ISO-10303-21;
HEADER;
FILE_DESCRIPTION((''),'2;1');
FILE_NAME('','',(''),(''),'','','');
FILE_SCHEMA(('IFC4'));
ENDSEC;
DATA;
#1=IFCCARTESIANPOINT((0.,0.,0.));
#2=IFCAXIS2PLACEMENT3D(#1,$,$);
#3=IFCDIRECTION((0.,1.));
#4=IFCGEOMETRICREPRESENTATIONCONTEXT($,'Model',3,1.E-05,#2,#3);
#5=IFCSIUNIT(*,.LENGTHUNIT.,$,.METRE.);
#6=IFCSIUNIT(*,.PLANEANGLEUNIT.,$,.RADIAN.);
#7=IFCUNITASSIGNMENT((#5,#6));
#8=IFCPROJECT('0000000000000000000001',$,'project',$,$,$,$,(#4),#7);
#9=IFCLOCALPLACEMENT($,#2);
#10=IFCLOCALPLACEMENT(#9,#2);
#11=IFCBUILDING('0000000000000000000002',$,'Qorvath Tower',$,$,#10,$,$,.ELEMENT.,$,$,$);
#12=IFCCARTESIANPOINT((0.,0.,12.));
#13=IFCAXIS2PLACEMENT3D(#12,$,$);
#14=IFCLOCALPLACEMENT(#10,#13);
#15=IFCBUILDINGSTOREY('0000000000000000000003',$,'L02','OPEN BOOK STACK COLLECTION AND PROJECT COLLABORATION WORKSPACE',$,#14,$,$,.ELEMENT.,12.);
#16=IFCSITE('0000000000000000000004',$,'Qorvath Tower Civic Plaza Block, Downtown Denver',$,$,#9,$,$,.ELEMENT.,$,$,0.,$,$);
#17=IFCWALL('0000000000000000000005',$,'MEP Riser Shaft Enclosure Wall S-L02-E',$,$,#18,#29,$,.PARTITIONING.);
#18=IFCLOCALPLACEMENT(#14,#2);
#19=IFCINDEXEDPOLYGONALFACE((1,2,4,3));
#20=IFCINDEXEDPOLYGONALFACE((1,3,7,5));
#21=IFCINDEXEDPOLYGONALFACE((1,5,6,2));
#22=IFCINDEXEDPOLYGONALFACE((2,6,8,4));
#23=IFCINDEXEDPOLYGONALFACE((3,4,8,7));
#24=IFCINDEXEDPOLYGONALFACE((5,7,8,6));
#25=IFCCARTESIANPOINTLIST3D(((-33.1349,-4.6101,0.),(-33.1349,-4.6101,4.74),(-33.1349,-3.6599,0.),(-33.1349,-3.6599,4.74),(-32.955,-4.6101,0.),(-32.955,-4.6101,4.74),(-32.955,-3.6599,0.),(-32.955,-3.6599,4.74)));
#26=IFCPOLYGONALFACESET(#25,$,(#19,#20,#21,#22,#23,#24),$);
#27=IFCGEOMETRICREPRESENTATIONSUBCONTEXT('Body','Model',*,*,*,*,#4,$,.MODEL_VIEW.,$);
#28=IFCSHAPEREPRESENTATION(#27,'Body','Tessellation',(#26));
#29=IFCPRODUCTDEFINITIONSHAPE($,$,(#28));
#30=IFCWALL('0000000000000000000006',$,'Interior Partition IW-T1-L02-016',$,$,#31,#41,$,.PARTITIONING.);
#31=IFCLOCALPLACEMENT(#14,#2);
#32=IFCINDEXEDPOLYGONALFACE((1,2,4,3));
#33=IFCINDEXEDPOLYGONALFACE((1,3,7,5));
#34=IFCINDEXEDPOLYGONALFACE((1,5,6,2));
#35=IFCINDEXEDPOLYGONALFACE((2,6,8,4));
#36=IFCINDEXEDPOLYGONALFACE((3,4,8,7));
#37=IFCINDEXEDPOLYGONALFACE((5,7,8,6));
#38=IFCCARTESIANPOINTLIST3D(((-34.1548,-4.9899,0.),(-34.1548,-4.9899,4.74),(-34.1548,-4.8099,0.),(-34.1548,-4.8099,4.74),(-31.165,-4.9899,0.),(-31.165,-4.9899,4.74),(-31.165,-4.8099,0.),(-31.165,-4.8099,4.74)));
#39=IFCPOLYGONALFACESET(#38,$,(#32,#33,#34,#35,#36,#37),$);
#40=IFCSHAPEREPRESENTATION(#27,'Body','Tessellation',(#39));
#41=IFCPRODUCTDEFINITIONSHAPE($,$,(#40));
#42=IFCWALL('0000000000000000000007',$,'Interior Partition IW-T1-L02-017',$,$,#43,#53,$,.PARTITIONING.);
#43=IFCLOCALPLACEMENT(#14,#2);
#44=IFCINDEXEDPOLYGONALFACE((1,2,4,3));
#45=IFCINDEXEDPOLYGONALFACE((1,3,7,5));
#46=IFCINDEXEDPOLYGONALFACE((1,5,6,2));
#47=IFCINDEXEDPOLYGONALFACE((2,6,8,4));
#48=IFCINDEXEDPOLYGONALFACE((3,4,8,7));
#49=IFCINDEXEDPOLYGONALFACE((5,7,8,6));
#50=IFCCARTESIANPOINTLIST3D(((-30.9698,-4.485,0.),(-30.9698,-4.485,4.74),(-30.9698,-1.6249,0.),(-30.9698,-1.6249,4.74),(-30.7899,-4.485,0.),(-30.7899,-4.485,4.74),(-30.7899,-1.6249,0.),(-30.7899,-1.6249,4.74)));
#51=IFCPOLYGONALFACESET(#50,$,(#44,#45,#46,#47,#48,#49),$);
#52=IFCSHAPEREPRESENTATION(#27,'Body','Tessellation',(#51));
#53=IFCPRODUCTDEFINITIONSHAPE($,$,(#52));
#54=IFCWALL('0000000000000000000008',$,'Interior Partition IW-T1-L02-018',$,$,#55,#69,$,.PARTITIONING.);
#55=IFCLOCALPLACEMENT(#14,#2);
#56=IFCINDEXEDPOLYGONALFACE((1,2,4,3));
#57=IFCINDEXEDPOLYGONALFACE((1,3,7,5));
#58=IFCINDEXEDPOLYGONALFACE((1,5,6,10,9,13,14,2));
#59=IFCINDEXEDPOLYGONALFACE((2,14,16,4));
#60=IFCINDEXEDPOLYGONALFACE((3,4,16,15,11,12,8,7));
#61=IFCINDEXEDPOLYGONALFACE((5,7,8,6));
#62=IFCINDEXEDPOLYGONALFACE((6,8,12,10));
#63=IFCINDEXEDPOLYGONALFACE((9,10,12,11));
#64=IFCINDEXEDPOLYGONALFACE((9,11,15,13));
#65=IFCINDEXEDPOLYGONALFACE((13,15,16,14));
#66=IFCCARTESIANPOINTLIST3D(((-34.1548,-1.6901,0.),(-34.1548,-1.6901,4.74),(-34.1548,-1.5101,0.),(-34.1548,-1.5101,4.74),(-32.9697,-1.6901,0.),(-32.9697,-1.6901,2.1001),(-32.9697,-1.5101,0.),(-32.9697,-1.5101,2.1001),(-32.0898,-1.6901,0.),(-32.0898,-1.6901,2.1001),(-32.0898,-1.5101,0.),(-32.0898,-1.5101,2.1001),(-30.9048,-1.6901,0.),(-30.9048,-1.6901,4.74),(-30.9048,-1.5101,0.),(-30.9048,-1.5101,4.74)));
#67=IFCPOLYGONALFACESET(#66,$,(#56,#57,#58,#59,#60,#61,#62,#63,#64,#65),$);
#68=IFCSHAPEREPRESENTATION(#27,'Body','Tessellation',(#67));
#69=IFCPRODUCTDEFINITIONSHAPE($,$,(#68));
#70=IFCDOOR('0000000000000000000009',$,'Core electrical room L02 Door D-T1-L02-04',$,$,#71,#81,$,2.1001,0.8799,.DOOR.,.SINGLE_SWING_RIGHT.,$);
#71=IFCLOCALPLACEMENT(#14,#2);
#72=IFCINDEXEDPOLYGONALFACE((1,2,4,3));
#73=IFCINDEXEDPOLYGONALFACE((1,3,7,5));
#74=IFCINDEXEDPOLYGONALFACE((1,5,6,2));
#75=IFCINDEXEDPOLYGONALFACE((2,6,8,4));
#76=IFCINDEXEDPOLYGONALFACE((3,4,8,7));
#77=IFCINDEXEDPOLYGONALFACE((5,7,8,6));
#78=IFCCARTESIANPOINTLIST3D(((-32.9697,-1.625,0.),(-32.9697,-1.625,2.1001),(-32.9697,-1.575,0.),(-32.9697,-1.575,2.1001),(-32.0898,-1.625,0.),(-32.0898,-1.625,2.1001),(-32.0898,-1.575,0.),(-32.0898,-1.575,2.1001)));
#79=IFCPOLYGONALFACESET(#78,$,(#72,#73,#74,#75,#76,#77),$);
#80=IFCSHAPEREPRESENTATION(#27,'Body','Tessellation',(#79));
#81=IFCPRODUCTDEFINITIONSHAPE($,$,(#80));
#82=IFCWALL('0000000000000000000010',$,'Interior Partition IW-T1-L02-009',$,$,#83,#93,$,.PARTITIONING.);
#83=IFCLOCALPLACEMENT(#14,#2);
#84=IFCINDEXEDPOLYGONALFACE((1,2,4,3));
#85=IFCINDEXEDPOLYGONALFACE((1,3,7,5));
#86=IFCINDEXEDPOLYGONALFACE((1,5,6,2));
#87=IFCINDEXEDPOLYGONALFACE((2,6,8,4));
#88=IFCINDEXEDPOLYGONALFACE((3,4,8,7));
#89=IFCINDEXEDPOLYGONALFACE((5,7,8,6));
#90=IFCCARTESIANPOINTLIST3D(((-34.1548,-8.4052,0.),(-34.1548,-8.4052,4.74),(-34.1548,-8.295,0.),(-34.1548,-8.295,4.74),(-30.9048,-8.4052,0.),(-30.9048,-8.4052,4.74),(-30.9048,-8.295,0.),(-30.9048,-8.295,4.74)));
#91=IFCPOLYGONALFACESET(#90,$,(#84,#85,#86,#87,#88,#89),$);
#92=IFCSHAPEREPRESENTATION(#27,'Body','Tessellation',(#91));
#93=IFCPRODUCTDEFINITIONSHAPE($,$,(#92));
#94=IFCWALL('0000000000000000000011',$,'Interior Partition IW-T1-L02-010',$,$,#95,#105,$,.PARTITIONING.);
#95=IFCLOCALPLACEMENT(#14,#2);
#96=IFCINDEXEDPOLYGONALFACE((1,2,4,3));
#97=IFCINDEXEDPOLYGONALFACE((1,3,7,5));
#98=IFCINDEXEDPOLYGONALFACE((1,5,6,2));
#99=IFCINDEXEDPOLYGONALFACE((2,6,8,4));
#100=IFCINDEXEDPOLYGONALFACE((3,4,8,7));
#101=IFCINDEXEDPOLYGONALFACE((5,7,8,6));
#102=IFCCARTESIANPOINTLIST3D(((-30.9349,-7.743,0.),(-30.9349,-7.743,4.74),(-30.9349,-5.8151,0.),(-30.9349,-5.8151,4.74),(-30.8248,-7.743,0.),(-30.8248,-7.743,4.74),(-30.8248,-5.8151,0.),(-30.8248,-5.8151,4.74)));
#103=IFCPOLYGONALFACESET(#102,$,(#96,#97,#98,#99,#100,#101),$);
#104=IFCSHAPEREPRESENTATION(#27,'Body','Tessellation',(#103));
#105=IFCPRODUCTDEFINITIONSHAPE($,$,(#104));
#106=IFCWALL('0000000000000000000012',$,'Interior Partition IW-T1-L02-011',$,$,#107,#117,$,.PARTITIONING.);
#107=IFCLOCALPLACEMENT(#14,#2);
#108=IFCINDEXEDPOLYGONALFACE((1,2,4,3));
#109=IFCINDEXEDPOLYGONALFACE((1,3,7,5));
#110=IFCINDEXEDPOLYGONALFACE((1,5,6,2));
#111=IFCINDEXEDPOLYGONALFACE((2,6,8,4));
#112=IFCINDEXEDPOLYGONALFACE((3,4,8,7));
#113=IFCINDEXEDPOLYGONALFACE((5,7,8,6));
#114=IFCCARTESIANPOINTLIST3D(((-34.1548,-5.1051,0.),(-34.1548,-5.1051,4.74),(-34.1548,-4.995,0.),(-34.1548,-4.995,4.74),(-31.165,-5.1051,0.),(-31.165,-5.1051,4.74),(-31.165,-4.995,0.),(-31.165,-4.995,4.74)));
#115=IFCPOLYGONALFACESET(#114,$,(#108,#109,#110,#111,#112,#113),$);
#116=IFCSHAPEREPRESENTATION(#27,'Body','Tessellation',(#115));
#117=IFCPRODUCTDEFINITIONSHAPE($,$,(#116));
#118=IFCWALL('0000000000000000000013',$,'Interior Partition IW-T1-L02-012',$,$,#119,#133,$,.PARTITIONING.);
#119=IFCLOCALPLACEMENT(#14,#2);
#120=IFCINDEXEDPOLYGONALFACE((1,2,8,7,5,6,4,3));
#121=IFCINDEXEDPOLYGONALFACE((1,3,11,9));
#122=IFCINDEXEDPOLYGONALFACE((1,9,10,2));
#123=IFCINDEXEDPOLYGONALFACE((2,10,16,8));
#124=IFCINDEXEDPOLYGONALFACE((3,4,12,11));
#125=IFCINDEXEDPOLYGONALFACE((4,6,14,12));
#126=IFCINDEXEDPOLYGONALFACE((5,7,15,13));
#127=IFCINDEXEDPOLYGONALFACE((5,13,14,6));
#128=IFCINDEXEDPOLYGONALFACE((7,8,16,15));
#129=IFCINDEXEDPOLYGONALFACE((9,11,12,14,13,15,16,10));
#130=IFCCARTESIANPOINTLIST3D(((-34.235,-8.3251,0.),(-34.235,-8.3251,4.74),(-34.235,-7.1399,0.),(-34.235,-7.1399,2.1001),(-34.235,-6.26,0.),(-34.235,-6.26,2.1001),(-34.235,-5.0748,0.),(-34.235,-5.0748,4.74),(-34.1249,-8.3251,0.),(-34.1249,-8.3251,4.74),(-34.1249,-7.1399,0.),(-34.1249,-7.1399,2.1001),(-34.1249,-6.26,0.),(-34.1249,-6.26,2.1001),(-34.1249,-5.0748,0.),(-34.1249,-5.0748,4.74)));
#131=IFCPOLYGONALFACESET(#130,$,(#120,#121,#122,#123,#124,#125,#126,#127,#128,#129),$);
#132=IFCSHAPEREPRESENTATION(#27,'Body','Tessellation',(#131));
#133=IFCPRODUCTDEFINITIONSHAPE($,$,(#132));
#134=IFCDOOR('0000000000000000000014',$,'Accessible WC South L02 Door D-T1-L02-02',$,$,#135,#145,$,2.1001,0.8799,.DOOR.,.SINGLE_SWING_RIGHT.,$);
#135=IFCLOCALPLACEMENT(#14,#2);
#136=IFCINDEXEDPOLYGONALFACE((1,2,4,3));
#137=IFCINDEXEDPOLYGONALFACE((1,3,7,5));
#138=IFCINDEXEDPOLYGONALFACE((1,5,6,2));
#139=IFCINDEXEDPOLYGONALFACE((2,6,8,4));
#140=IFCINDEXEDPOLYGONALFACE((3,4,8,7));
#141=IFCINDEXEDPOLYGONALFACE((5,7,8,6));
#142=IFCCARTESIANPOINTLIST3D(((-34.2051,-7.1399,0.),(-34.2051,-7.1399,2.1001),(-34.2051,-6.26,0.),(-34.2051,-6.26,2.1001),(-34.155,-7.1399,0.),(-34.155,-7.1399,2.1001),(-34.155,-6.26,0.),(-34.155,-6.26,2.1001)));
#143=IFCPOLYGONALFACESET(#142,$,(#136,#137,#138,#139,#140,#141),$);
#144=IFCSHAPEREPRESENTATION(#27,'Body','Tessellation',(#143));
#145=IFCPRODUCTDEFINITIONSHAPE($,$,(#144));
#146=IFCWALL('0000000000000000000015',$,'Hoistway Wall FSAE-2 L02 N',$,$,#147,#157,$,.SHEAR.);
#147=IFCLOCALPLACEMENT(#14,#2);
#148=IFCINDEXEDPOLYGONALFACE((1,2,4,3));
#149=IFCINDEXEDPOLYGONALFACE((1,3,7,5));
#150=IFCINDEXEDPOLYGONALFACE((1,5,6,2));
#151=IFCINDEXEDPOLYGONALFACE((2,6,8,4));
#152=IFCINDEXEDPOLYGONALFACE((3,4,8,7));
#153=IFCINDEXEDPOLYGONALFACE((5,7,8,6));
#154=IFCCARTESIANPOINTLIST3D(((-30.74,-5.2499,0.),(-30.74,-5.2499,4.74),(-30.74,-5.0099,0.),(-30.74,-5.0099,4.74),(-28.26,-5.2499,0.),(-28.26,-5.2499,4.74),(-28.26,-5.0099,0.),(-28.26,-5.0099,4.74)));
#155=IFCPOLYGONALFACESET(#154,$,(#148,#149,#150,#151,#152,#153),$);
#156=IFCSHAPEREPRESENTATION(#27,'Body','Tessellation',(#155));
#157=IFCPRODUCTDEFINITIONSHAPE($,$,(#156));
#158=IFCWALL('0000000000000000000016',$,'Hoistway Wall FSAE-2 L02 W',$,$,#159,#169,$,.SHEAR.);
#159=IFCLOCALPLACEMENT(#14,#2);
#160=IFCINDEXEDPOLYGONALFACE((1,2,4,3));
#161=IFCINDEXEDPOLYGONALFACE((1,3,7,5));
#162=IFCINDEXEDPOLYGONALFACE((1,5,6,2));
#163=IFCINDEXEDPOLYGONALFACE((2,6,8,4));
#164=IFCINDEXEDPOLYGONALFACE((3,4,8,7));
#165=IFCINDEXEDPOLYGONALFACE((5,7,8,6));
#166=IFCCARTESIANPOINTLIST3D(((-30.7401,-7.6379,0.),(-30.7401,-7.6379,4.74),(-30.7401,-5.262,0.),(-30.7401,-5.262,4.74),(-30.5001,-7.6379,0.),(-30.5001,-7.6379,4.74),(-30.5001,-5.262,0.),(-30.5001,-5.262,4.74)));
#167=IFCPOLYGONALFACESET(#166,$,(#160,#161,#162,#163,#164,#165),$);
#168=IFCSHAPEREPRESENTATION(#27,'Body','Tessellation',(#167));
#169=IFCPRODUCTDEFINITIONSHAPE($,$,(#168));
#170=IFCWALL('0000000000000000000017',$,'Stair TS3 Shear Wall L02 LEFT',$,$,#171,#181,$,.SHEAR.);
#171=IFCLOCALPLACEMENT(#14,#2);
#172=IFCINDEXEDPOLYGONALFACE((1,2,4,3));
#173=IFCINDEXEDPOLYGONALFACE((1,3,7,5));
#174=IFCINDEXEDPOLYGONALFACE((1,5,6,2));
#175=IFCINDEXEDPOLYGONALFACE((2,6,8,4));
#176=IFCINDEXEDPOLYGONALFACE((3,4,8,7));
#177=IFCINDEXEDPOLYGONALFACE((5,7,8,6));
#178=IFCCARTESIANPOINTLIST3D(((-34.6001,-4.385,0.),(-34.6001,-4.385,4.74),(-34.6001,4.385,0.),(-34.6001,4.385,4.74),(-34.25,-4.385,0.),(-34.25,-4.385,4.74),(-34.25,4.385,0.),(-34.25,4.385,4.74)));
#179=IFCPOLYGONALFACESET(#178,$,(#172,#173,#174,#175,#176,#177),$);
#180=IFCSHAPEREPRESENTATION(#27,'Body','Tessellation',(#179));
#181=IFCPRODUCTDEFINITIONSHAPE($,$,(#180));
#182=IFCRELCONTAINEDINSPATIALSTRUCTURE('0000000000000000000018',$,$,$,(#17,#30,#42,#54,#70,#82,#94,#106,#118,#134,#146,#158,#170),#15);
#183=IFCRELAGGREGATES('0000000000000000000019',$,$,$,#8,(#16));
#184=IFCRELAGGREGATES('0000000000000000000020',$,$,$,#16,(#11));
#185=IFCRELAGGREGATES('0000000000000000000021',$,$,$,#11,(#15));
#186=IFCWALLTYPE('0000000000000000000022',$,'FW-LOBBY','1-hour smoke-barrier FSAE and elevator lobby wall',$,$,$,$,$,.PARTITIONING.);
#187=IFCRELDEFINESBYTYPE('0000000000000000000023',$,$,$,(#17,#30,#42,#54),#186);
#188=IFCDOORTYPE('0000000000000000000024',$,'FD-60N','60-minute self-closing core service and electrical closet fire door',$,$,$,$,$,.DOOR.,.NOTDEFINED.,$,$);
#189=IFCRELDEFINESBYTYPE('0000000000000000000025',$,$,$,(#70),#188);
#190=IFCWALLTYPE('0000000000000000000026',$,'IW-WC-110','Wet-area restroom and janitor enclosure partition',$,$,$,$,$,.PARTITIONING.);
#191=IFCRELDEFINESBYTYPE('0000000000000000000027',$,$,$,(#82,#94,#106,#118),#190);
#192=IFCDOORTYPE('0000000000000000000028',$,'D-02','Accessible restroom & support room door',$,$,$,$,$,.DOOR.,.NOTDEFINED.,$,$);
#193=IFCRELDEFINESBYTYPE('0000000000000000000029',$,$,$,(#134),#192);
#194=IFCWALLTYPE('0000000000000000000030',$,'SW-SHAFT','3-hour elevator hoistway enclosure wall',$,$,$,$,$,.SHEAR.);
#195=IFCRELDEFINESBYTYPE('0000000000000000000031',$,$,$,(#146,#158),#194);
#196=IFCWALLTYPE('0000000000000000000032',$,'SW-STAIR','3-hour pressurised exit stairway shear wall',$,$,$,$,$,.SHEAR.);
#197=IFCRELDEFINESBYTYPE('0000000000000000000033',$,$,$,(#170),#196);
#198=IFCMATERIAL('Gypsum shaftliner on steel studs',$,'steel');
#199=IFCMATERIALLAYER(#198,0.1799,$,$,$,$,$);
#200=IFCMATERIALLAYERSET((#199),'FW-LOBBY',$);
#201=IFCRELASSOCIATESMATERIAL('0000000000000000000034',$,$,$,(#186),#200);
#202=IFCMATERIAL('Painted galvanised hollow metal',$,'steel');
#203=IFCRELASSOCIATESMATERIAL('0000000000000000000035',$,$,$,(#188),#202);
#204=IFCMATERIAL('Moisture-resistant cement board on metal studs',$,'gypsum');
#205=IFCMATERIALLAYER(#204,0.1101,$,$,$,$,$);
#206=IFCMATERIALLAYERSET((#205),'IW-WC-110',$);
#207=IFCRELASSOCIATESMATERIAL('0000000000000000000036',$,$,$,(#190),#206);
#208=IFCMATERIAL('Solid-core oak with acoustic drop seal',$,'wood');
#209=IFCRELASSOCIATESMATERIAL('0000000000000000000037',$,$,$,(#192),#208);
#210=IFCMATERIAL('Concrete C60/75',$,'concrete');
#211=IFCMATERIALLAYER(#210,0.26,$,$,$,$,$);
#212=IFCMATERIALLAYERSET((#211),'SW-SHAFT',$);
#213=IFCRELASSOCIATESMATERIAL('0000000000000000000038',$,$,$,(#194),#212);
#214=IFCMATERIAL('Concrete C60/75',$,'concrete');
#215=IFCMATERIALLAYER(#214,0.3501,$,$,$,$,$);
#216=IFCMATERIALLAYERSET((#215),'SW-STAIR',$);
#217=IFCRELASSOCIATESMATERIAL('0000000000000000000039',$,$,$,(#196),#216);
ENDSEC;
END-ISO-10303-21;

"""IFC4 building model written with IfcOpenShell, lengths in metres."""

from ifc_helpers import new_model, si_unit, direction, frame, frame_2d, origin, place, context, subcontext, project, spatial, rectangle, extrude, material, layer, layer_set, type_object, element, fill, save


model = new_model("IFC4")

# Units and contexts
model_context = context("Model", 3, precision=1e-05, world=origin(), true_north=direction((0.0, 1.0)))
body_context = subcontext(model_context, "Body", "Model", "MODEL_VIEW")
ifc_project = project(units=[si_unit("LENGTHUNIT", "METRE"), si_unit("PLANEANGLEUNIT", "RADIAN")], contexts=[model_context])

# Site, building, storey
site_placement = place(None, origin())
site = spatial("IfcSite", under=ifc_project, at=site_placement, Name="Qorvath Tower Civic Plaza Block, Downtown Denver", CompositionType="ELEMENT", RefElevation=0.0)
building_placement = place(site_placement, origin())
building = spatial("IfcBuilding", under=site, at=building_placement, Name="Qorvath Tower", CompositionType="ELEMENT")
storey_placement = place(building_placement, frame((0.0, 0.0, 12.0)))
storey = spatial("IfcBuildingStorey", under=building, at=storey_placement, Name="L02", Description="OPEN BOOK STACK COLLECTION AND PROJECT COLLABORATION WORKSPACE", CompositionType="ELEMENT", Elevation=12.0)

# Walls
ifc_material_1 = material(Name="Gypsum shaftliner on steel studs", Category="steel")
ifc_layer_1 = layer(ifc_material_1, 0.1799)
ifc_layer_set_1 = layer_set([ifc_layer_1], Name="FW-LOBBY")
wall_type_1 = type_object("IfcWallType", Name="FW-LOBBY", Description="1-hour smoke-barrier FSAE and elevator lobby wall", PredefinedType="PARTITIONING", material=ifc_layer_set_1)
for number, where, z_axis, x_axis, name in (
    (1, (-33.0449, -3.6599, 0.0), (0.0, 0.0, 1.0), (0.0, -1.0, 0.0), "MEP Riser Shaft Enclosure Wall S-L02-E"),
):
    element("IfcWall", number, at=place(storey_placement, frame(where, z_axis=z_axis, x_axis=x_axis)), inside=storey, type_object=wall_type_1, Name=name, PredefinedType="PARTITIONING", context=body_context, shape_type="SweptSolid", body=[
        extrude(rectangle(XDim=0.9502, YDim=0.1799, at=frame_2d((0.4751, 0.0))), origin(), (0.0, 0.0, 1.0), 4.74),
    ])
wall_1_placement = place(storey_placement, frame((-34.1548, -4.8999, 0.0), z_axis=(0.0, 0.0, 1.0), x_axis=(1.0, 0.0, 0.0)))
element("IfcWall", 2, at=wall_1_placement, inside=storey, type_object=wall_type_1, Name="Interior Partition IW-T1-L02-016", PredefinedType="PARTITIONING", context=body_context, shape_type="SweptSolid", body=[
    extrude(rectangle(XDim=2.9897, YDim=0.1799, at=frame_2d((1.4949, 0.0))), origin(), (0.0, 0.0, 1.0), 4.74),
])
wall_2_placement = place(storey_placement, frame((-30.8799, -4.4851, 0.0), z_axis=(0.0, 0.0, 1.0), x_axis=(0.0, 1.0, 0.0)))
element("IfcWall", 3, at=wall_2_placement, inside=storey, type_object=wall_type_1, Name="Interior Partition IW-T1-L02-017", PredefinedType="PARTITIONING", context=body_context, shape_type="SweptSolid", body=[
    extrude(rectangle(XDim=2.8601, YDim=0.1799, at=frame_2d((1.4302, 0.0))), origin(), (0.0, 0.0, 1.0), 4.74),
])

# Wall, opening, door
wall_3_placement = place(storey_placement, frame((-30.9048, -1.6001, 0.0), z_axis=(0.0, 0.0, 1.0), x_axis=(-1.0, 0.0, 0.0)))
wall_3 = element("IfcWall", 4, at=wall_3_placement, inside=storey, type_object=wall_type_1, Name="Interior Partition IW-T1-L02-018", PredefinedType="PARTITIONING", context=body_context, shape_type="SweptSolid", body=[
    extrude(rectangle(XDim=3.25, YDim=0.1799, at=frame_2d((1.625, 0.0))), origin(), (0.0, 0.0, 1.0), 4.74),
])
opening_1_placement = place(wall_3_placement, frame((1.1851, 0.0, 0.0)))
opening_1 = element("IfcOpeningElement", 5, at=opening_1_placement, cuts=wall_3, PredefinedType="OPENING", context=body_context, shape_type="SweptSolid", body=[
    extrude(rectangle(XDim=0.8799, YDim=2.1001, at=frame_2d((0.4399, 1.05))), frame((0.0, 0.1001, 0.0), z_axis=(0.0, -1.0, 0.0), x_axis=(1.0, 0.0, 0.0)), (0.0, 0.0, 1.0), 0.2),
])
ifc_material_2 = material(Name="Painted galvanised hollow metal", Category="steel")
door_type_1 = type_object("IfcDoorType", Name="FD-60N", Description="60-minute self-closing core service and electrical closet fire door", OperationType="NOTDEFINED", PredefinedType="DOOR", material=ifc_material_2)
door_1_placement = place(opening_1_placement, origin())
door_1 = element("IfcDoor", 6, at=door_1_placement, inside=storey, type_object=door_type_1, Name="Core electrical room L02 Door D-T1-L02-04", OperationType="SINGLE_SWING_RIGHT", OverallHeight=2.1001, OverallWidth=0.8799, PredefinedType="DOOR", context=body_context, shape_type="SweptSolid", body=[
    extrude(rectangle(XDim=0.8799, YDim=2.1001, at=frame_2d((0.4399, 1.05))), frame((0.0, 0.0249, 0.0), z_axis=(0.0, -1.0, 0.0), x_axis=(1.0, 0.0, 0.0)), (0.0, 0.0, 1.0), 0.05),
])
fill(opening_1, door_1)

# Walls
ifc_material_3 = material(Name="Moisture-resistant cement board on metal studs", Category="gypsum")
ifc_layer_2 = layer(ifc_material_3, 0.1101)
ifc_layer_set_2 = layer_set([ifc_layer_2], Name="IW-WC-110")
wall_type_2 = type_object("IfcWallType", Name="IW-WC-110", Description="Wet-area restroom and janitor enclosure partition", PredefinedType="PARTITIONING", material=ifc_layer_set_2)
wall_4_placement = place(storey_placement, frame((-34.1548, -8.3501, 0.0), z_axis=(0.0, 0.0, 1.0), x_axis=(1.0, 0.0, 0.0)))
element("IfcWall", 7, at=wall_4_placement, inside=storey, type_object=wall_type_2, Name="Interior Partition IW-T1-L02-009", PredefinedType="PARTITIONING", context=body_context, shape_type="SweptSolid", body=[
    extrude(rectangle(XDim=3.25, YDim=0.1101, at=frame_2d((1.625, 0.0))), origin(), (0.0, 0.0, 1.0), 4.74),
])
wall_5_placement = place(storey_placement, frame((-30.8799, -7.7429, 0.0), z_axis=(0.0, 0.0, 1.0), x_axis=(0.0, 1.0, 0.0)))
element("IfcWall", 8, at=wall_5_placement, inside=storey, type_object=wall_type_2, Name="Interior Partition IW-T1-L02-010", PredefinedType="PARTITIONING", context=body_context, shape_type="SweptSolid", body=[
    extrude(rectangle(XDim=1.928, YDim=0.1101, at=frame_2d((0.9639, 0.0))), origin(), (0.0, 0.0, 1.0), 4.74),
])
wall_6_placement = place(storey_placement, frame((-31.165, -5.05, 0.0), z_axis=(0.0, 0.0, 1.0), x_axis=(-1.0, 0.0, 0.0)))
element("IfcWall", 9, at=wall_6_placement, inside=storey, type_object=wall_type_2, Name="Interior Partition IW-T1-L02-011", PredefinedType="PARTITIONING", context=body_context, shape_type="SweptSolid", body=[
    extrude(rectangle(XDim=2.9897, YDim=0.1101, at=frame_2d((1.4949, 0.0))), origin(), (0.0, 0.0, 1.0), 4.74),
])

# Wall, opening, door
wall_7_placement = place(storey_placement, frame((-34.1799, -5.075, 0.0), z_axis=(0.0, 0.0, 1.0), x_axis=(0.0, -1.0, 0.0)))
wall_7 = element("IfcWall", 10, at=wall_7_placement, inside=storey, type_object=wall_type_2, Name="Interior Partition IW-T1-L02-012", PredefinedType="PARTITIONING", context=body_context, shape_type="SweptSolid", body=[
    extrude(rectangle(XDim=3.2502, YDim=0.1101, at=frame_2d((1.625, 0.0))), origin(), (0.0, 0.0, 1.0), 4.74),
])
opening_2_placement = place(wall_7_placement, frame((1.1851, 0.0, 0.0)))
opening_2 = element("IfcOpeningElement", 11, at=opening_2_placement, cuts=wall_7, PredefinedType="OPENING", context=body_context, shape_type="SweptSolid", body=[
    extrude(rectangle(XDim=0.8799, YDim=2.1001, at=frame_2d((0.4399, 1.05))), frame((0.0, 0.0649, 0.0), z_axis=(0.0, -1.0, 0.0), x_axis=(1.0, 0.0, 0.0)), (0.0, 0.0, 1.0), 0.1301),
])
ifc_material_4 = material(Name="Solid-core oak with acoustic drop seal", Category="wood")
door_type_2 = type_object("IfcDoorType", Name="D-02", Description="Accessible restroom & support room door", OperationType="NOTDEFINED", PredefinedType="DOOR", material=ifc_material_4)
door_2_placement = place(opening_2_placement, origin())
door_2 = element("IfcDoor", 12, at=door_2_placement, inside=storey, type_object=door_type_2, Name="Accessible WC South L02 Door D-T1-L02-02", OperationType="SINGLE_SWING_RIGHT", OverallHeight=2.1001, OverallWidth=0.8799, PredefinedType="DOOR", context=body_context, shape_type="SweptSolid", body=[
    extrude(rectangle(XDim=0.8799, YDim=2.1001, at=frame_2d((0.4399, 1.05))), frame((0.0, 0.0249, 0.0), z_axis=(0.0, -1.0, 0.0), x_axis=(1.0, 0.0, 0.0)), (0.0, 0.0, 1.0), 0.05),
])
fill(opening_2, door_2)

# Walls
ifc_material_5 = material(Name="Concrete C60/75", Category="concrete")
ifc_layer_3 = layer(ifc_material_5, 0.26)
ifc_layer_set_3 = layer_set([ifc_layer_3], Name="SW-SHAFT")
wall_type_3 = type_object("IfcWallType", Name="SW-SHAFT", Description="3-hour elevator hoistway enclosure wall", PredefinedType="SHEAR", material=ifc_layer_set_3)
wall_8_placement = place(storey_placement, frame((-30.74, -5.1299, 0.0), z_axis=(0.0, 0.0, 1.0), x_axis=(1.0, 0.0, 0.0)))
element("IfcWall", 13, at=wall_8_placement, inside=storey, type_object=wall_type_3, Name="Hoistway Wall FSAE-2 L02 N", PredefinedType="SHEAR", context=body_context, shape_type="SweptSolid", body=[
    extrude(rectangle(XDim=2.48, YDim=0.24, at=frame_2d((1.24, 0.0))), origin(), (0.0, 0.0, 1.0), 4.74),
])
wall_9_placement = place(storey_placement, frame((-30.6201, -7.6379, 0.0), z_axis=(0.0, 0.0, 1.0), x_axis=(0.0, 1.0, 0.0)))
element("IfcWall", 14, at=wall_9_placement, inside=storey, type_object=wall_type_3, Name="Hoistway Wall FSAE-2 L02 W", PredefinedType="SHEAR", context=body_context, shape_type="SweptSolid", body=[
    extrude(rectangle(XDim=2.376, YDim=0.24, at=frame_2d((1.188, 0.0))), origin(), (0.0, 0.0, 1.0), 4.74),
])
ifc_material_6 = material(Name="Concrete C60/75", Category="concrete")
ifc_layer_4 = layer(ifc_material_6, 0.3501)
ifc_layer_set_4 = layer_set([ifc_layer_4], Name="SW-STAIR")
wall_type_4 = type_object("IfcWallType", Name="SW-STAIR", Description="3-hour pressurised exit stairway shear wall", PredefinedType="SHEAR", material=ifc_layer_set_4)
wall_10_placement = place(storey_placement, frame((-34.425, -4.385, 0.0), z_axis=(0.0, 0.0, 1.0), x_axis=(0.0, 1.0, 0.0)))
element("IfcWall", 15, at=wall_10_placement, inside=storey, type_object=wall_type_4, Name="Stair TS3 Shear Wall L02 LEFT", PredefinedType="SHEAR", context=body_context, shape_type="SweptSolid", body=[
    extrude(rectangle(XDim=8.77, YDim=0.3501, at=frame_2d((4.385, 0.0))), origin(), (0.0, 0.0, 1.0), 4.74),
])

save(model, "model.ifc")
